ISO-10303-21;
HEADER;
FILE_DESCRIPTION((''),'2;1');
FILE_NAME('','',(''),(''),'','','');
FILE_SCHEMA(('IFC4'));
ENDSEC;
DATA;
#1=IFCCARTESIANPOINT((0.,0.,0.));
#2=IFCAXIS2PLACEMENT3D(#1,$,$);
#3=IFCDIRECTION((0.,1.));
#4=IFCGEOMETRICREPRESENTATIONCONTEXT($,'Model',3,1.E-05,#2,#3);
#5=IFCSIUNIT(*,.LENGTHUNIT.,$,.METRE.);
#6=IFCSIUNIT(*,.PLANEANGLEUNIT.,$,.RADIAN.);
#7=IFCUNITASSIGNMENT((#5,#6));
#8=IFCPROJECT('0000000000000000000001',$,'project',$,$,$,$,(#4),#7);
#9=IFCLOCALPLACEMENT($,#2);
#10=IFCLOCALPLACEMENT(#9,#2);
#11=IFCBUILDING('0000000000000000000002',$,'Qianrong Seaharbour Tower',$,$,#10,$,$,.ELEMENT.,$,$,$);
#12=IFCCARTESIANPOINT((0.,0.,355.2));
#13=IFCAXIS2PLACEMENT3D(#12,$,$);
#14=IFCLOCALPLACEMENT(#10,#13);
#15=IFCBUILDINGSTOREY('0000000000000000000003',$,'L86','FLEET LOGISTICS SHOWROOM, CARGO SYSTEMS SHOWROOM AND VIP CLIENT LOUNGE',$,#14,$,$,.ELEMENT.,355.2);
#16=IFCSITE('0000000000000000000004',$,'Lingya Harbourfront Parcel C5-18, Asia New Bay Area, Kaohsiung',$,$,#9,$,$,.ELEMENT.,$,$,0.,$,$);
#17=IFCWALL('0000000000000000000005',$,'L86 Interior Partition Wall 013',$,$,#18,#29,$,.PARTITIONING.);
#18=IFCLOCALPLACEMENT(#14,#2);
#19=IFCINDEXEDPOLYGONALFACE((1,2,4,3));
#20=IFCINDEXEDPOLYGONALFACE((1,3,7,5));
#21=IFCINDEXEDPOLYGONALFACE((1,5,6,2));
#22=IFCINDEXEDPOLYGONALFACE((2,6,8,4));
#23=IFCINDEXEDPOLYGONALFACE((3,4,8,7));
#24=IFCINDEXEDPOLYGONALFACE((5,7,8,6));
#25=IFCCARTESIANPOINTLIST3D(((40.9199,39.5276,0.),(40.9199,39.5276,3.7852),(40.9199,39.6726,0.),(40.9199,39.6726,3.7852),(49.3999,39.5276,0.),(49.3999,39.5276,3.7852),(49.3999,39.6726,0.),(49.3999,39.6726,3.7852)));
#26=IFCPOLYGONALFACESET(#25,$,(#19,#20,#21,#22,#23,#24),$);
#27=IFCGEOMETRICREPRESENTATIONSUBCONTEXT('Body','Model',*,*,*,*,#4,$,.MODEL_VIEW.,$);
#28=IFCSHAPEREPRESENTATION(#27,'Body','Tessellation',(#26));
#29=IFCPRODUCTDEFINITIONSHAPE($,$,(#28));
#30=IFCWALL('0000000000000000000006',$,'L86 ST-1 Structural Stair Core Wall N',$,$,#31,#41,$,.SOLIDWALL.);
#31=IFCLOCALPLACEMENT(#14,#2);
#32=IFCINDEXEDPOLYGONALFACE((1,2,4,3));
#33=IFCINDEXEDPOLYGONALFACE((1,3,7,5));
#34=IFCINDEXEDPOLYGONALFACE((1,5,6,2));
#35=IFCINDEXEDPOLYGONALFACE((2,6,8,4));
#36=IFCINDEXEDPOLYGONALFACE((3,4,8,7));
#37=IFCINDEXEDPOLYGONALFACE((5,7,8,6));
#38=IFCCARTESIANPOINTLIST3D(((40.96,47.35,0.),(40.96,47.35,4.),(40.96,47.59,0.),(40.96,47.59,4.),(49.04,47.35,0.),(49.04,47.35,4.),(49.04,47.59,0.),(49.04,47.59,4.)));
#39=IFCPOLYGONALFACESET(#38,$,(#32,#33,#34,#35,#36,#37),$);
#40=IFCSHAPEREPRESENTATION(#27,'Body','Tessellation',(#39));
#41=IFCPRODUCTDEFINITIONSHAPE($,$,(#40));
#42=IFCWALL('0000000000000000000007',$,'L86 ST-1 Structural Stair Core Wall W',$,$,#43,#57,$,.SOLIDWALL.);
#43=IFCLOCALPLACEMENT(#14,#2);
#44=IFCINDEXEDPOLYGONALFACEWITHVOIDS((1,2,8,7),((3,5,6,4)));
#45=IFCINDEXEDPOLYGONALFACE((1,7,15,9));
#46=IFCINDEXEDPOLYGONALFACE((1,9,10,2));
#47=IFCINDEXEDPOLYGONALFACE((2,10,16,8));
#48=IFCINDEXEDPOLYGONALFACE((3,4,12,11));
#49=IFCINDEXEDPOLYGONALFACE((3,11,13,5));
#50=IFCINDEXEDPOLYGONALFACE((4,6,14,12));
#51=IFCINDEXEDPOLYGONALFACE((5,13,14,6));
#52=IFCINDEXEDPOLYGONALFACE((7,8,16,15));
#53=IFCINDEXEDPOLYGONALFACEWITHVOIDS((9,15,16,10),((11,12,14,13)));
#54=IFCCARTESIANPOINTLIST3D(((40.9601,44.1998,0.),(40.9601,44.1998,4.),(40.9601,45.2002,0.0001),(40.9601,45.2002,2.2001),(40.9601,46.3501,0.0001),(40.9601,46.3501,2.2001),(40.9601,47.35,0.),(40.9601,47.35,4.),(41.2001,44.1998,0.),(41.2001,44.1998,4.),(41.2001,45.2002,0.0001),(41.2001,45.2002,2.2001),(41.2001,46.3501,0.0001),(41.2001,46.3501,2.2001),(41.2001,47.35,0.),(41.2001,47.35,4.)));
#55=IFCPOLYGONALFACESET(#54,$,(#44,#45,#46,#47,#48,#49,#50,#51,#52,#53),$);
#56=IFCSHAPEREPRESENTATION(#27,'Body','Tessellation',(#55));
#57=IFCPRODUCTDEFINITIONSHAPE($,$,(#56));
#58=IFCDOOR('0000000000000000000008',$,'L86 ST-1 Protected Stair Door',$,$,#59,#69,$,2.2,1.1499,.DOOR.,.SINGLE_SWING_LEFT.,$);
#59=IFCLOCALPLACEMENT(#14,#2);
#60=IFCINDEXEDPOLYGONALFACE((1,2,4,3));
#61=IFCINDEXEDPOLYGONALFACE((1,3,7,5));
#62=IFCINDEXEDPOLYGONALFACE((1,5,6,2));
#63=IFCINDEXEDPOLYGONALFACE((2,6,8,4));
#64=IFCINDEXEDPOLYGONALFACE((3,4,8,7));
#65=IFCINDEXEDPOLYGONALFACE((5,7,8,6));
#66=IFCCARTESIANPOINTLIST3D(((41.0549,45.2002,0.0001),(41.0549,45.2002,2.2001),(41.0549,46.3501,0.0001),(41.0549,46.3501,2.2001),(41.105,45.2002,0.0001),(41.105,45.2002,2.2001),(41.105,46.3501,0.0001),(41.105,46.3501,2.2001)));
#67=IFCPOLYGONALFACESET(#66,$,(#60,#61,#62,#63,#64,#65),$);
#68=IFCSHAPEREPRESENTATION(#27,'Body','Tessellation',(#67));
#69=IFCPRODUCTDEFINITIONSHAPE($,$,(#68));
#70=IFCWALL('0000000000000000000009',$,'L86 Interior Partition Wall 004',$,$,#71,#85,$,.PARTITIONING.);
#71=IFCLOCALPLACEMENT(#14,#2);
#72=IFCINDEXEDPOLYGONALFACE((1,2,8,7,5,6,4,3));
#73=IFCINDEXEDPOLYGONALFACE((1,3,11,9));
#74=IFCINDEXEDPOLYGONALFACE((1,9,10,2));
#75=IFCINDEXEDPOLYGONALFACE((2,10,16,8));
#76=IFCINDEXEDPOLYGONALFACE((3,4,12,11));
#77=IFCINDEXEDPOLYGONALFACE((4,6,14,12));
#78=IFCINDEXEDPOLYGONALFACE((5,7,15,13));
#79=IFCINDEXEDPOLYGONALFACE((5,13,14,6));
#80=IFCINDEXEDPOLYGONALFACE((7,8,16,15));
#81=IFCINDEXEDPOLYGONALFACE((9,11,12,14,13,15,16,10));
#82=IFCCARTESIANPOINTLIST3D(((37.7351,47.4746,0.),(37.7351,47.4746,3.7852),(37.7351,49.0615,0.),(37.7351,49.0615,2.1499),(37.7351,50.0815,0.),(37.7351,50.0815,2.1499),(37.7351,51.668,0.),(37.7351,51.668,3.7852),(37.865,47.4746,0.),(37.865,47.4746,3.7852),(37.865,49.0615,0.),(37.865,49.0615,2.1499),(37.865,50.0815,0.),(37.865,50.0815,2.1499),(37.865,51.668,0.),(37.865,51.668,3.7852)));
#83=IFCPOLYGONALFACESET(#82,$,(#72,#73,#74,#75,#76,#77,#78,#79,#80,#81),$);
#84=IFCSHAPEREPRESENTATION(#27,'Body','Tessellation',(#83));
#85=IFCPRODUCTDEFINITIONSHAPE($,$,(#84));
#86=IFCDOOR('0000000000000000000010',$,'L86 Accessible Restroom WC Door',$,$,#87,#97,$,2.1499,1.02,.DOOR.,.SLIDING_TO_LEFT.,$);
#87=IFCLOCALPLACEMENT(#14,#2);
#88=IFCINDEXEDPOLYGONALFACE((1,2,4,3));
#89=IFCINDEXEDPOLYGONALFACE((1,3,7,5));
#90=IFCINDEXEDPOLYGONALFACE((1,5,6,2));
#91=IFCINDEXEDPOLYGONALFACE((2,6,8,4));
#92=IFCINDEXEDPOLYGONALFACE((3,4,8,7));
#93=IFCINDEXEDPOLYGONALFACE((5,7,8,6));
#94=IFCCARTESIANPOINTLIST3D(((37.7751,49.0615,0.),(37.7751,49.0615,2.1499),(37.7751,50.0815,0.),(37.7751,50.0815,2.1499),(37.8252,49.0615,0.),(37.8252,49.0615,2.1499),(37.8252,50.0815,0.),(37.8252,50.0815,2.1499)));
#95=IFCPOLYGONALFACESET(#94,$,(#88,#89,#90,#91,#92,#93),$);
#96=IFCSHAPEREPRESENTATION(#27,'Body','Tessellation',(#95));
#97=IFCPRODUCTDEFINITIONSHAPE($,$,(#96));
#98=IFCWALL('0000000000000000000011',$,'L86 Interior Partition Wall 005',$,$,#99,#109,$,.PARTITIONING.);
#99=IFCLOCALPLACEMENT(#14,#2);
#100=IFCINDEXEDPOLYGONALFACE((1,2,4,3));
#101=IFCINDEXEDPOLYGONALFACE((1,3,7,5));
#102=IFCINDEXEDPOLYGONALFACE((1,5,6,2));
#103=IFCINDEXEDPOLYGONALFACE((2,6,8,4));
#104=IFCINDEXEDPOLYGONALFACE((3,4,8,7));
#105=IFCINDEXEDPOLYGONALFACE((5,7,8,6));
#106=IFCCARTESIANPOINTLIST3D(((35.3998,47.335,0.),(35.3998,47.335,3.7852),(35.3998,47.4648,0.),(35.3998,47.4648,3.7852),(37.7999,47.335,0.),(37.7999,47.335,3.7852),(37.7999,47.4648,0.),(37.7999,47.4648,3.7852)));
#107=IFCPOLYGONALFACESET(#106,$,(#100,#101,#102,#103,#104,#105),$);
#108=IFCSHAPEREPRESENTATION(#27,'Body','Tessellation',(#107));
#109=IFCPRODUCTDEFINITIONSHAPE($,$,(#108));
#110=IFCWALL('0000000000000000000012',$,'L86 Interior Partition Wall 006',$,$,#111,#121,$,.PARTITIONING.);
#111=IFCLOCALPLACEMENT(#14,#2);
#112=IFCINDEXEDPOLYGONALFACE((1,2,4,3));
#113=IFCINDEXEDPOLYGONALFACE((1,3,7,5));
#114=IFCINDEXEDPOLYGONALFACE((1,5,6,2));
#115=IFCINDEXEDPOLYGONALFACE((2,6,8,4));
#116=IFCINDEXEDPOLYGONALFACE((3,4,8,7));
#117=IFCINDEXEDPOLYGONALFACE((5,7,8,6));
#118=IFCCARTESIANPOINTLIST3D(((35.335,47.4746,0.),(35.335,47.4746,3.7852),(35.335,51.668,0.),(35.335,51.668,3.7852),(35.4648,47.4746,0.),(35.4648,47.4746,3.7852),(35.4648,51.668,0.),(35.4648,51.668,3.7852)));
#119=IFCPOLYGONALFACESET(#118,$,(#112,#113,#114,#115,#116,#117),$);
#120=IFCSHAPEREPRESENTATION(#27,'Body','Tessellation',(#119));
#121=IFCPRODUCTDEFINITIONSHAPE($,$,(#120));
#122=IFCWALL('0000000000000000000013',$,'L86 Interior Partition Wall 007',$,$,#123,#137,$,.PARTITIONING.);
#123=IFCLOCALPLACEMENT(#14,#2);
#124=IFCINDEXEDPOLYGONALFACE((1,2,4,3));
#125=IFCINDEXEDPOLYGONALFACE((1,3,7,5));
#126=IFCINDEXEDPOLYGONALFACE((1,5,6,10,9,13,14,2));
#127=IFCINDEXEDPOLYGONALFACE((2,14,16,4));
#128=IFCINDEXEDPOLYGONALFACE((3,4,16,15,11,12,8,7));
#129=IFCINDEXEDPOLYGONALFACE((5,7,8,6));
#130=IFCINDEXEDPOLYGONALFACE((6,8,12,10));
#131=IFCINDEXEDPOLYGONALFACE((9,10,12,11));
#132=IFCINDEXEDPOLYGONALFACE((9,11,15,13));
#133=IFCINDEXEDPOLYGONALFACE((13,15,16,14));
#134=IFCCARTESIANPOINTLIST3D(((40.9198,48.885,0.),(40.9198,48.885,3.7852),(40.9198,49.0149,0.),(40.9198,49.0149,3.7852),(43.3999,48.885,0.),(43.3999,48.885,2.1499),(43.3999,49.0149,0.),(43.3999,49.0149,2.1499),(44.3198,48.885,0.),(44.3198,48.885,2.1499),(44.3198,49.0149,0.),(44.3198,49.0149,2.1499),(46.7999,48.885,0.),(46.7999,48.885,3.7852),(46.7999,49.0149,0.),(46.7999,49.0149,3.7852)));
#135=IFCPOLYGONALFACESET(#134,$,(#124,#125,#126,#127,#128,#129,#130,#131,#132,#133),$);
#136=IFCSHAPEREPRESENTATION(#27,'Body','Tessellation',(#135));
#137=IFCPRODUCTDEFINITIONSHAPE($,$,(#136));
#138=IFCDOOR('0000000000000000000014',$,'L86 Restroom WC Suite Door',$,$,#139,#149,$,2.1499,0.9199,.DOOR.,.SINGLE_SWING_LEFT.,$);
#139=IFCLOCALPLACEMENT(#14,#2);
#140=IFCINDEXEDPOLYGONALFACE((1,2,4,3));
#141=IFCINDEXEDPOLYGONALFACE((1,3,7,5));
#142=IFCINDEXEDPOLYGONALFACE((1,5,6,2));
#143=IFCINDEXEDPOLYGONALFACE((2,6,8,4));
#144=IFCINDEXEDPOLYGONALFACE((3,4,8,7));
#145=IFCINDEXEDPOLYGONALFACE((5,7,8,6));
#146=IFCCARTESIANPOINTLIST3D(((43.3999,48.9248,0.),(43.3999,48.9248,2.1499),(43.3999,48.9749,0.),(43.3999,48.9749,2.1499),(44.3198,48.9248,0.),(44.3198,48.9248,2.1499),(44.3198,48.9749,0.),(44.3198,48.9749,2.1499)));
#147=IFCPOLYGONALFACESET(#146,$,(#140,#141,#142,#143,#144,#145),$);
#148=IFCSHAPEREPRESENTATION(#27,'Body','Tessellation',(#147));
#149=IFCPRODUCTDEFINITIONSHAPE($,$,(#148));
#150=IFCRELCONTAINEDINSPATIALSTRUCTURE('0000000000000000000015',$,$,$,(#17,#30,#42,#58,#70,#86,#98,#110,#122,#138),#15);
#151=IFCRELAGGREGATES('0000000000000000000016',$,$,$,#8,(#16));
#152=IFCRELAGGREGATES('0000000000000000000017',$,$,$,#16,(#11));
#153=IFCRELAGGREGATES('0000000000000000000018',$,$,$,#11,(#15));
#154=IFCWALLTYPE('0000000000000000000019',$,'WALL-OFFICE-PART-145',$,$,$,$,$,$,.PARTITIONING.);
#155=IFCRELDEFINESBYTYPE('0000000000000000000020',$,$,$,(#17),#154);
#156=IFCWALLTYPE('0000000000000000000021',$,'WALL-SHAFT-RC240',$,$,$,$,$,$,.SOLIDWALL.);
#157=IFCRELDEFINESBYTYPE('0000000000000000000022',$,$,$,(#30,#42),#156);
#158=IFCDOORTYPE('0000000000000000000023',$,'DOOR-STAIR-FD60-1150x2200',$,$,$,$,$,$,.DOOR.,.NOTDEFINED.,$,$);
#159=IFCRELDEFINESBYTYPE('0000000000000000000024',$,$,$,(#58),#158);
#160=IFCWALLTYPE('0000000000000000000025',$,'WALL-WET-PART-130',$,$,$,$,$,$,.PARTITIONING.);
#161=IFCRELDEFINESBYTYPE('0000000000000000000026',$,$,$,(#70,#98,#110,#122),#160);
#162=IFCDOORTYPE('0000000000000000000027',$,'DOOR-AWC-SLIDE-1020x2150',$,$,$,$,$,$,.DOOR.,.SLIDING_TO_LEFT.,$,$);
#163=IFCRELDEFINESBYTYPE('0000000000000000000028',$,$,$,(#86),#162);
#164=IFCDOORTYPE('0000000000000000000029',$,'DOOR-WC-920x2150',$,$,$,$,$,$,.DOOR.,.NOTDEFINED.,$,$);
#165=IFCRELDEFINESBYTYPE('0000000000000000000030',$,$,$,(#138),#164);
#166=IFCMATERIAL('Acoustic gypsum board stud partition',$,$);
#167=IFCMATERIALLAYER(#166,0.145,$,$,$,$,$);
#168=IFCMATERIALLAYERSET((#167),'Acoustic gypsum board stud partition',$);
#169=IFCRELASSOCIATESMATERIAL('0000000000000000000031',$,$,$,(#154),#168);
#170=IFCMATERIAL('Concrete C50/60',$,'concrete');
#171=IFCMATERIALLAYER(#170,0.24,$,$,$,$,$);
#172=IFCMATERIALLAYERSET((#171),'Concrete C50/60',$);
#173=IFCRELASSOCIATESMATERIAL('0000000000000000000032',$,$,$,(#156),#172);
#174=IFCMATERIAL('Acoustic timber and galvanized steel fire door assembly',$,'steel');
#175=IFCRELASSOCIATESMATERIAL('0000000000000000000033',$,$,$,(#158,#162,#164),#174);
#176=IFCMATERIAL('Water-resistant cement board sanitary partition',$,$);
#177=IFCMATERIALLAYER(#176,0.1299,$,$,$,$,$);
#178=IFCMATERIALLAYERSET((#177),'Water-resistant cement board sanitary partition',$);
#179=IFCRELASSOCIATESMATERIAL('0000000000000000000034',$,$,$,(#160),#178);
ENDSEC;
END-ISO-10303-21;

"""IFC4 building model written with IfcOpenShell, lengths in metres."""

from ifc_helpers import new_model, si_unit, direction, frame, frame_2d, origin, place, context, subcontext, project, spatial, rectangle, extrude, material, layer, layer_set, type_object, element, fill, save


model = new_model("IFC4")

# Units and contexts
model_context = context("Model", 3, precision=1e-05, world=origin(), true_north=direction((0.0, 1.0)))
body_context = subcontext(model_context, "Body", "Model", "MODEL_VIEW")
ifc_project = project(units=[si_unit("LENGTHUNIT", "METRE"), si_unit("PLANEANGLEUNIT", "RADIAN")], contexts=[model_context])

# Site, building, storey
site_placement = place(None, origin())
site = spatial("IfcSite", under=ifc_project, at=site_placement, Name="Lingya Harbourfront Parcel C5-18, Asia New Bay Area, Kaohsiung", CompositionType="ELEMENT", RefElevation=0.0)
building_placement = place(site_placement, origin())
building = spatial("IfcBuilding", under=site, at=building_placement, Name="Qianrong Seaharbour Tower", CompositionType="ELEMENT")
storey_placement = place(building_placement, frame((0.0, 0.0, 355.2)))
storey = spatial("IfcBuildingStorey", under=building, at=storey_placement, Name="L86", Description="FLEET LOGISTICS SHOWROOM, CARGO SYSTEMS SHOWROOM AND VIP CLIENT LOUNGE", CompositionType="ELEMENT", Elevation=355.2)

# Shared definitions
ifc_material_1 = material(Name="Concrete C50/60", Category="concrete")

# Shared definitions
ifc_material_2 = material(Name="Acoustic timber and galvanized steel fire door assembly", Category="steel")

# Walls
ifc_material_3 = material(Name="Acoustic gypsum board stud partition")
ifc_layer_1 = layer(ifc_material_3, 0.145)
ifc_layer_set_1 = layer_set([ifc_layer_1], Name="Acoustic gypsum board stud partition")
wall_type_1 = type_object("IfcWallType", Name="WALL-OFFICE-PART-145", PredefinedType="PARTITIONING", material=ifc_layer_set_1)
wall_1_placement = place(storey_placement, frame((40.9199, 39.6001, 0.0), z_axis=(0.0, 0.0, 1.0), x_axis=(1.0, 0.0, 0.0)))
element("IfcWall", 1, at=wall_1_placement, inside=storey, type_object=wall_type_1, Name="L86 Interior Partition Wall 013", PredefinedType="PARTITIONING", context=body_context, shape_type="SweptSolid", body=[
    extrude(rectangle(XDim=8.48, YDim=0.145, at=frame_2d((4.24, 0.0))), origin(), (0.0, 0.0, 1.0), 3.7852),
])
ifc_layer_2 = layer(ifc_material_1, 0.24)
ifc_layer_set_2 = layer_set([ifc_layer_2], Name="Concrete C50/60")
wall_type_2 = type_object("IfcWallType", Name="WALL-SHAFT-RC240", PredefinedType="SOLIDWALL", material=ifc_layer_set_2)
wall_2_placement = place(storey_placement, frame((40.96, 47.47, 0.0), z_axis=(0.0, 0.0, 1.0), x_axis=(1.0, 0.0, 0.0)))
element("IfcWall", 2, at=wall_2_placement, inside=storey, type_object=wall_type_2, Name="L86 ST-1 Structural Stair Core Wall N", PredefinedType="SOLIDWALL", context=body_context, shape_type="SweptSolid", body=[
    extrude(rectangle(XDim=8.0801, YDim=0.24, at=frame_2d((4.04, 0.0))), origin(), (0.0, 0.0, 1.0), 4.0),
])

# Walls, openings, doors
wall_3_placement = place(storey_placement, frame((41.0801, 47.3501, 0.0), z_axis=(0.0, 0.0, 1.0), x_axis=(0.0, -1.0, 0.0)))
wall_3 = element("IfcWall", 3, at=wall_3_placement, inside=storey, type_object=wall_type_2, Name="L86 ST-1 Structural Stair Core Wall W", PredefinedType="SOLIDWALL", context=body_context, shape_type="SweptSolid", body=[
    extrude(rectangle(XDim=3.1501, YDim=0.24, at=frame_2d((1.5752, 0.0))), origin(), (0.0, 0.0, 1.0), 4.0),
])
opening_1_placement = place(wall_3_placement, frame((1.0, 0.0, 0.0)))
opening_1 = element("IfcOpeningElement", 4, at=opening_1_placement, cuts=wall_3, PredefinedType="OPENING", context=body_context, shape_type="SweptSolid", body=[
    extrude(rectangle(XDim=1.1499, YDim=2.2, at=frame_2d((0.575, 1.1001))), frame((0.0, 0.1299, 0.0), z_axis=(0.0, -1.0, 0.0), x_axis=(1.0, 0.0, 0.0)), (0.0, 0.0, 1.0), 0.26),
])
door_type_1 = type_object("IfcDoorType", Name="DOOR-STAIR-FD60-1150x2200", OperationType="NOTDEFINED", PredefinedType="DOOR", material=ifc_material_2)
door_1_placement = place(opening_1_placement, origin())
door_1 = element("IfcDoor", 5, at=door_1_placement, inside=storey, type_object=door_type_1, Name="L86 ST-1 Protected Stair Door", OperationType="SINGLE_SWING_LEFT", OverallHeight=2.2, OverallWidth=1.1499, PredefinedType="DOOR", context=body_context, shape_type="SweptSolid", body=[
    extrude(rectangle(XDim=1.1499, YDim=2.2, at=frame_2d((0.575, 1.1001))), frame((0.0, 0.0249, 0.0), z_axis=(0.0, -1.0, 0.0), x_axis=(1.0, 0.0, 0.0)), (0.0, 0.0, 1.0), 0.05),
])
fill(opening_1, door_1)
ifc_material_4 = material(Name="Water-resistant cement board sanitary partition")
ifc_layer_3 = layer(ifc_material_4, 0.1299)
ifc_layer_set_3 = layer_set([ifc_layer_3], Name="Water-resistant cement board sanitary partition")
wall_type_3 = type_object("IfcWallType", Name="WALL-WET-PART-130", PredefinedType="PARTITIONING", material=ifc_layer_set_3)
wall_4_placement = place(storey_placement, frame((37.8, 47.4746, 0.0), z_axis=(0.0, 0.0, 1.0), x_axis=(0.0, 1.0, 0.0)))
wall_4 = element("IfcWall", 6, at=wall_4_placement, inside=storey, type_object=wall_type_3, Name="L86 Interior Partition Wall 004", PredefinedType="PARTITIONING", context=body_context, shape_type="SweptSolid", body=[
    extrude(rectangle(XDim=4.1934, YDim=0.1299, at=frame_2d((2.0967, 0.0))), origin(), (0.0, 0.0, 1.0), 3.7852),
])
opening_2_placement = place(wall_4_placement, frame((1.5869, 0.0, 0.0)))
opening_2 = element("IfcOpeningElement", 7, at=opening_2_placement, cuts=wall_4, PredefinedType="OPENING", context=body_context, shape_type="SweptSolid", body=[
    extrude(rectangle(XDim=1.02, YDim=2.1499, at=frame_2d((0.51, 1.075))), frame((0.0, 0.075, 0.0), z_axis=(0.0, -1.0, 0.0), x_axis=(1.0, 0.0, 0.0)), (0.0, 0.0, 1.0), 0.1499),
])
door_type_2 = type_object("IfcDoorType", Name="DOOR-AWC-SLIDE-1020x2150", OperationType="SLIDING_TO_LEFT", PredefinedType="DOOR", material=ifc_material_2)
door_2_placement = place(opening_2_placement, origin())
door_2 = element("IfcDoor", 8, at=door_2_placement, inside=storey, type_object=door_type_2, Name="L86 Accessible Restroom WC Door", OperationType="SLIDING_TO_LEFT", OverallHeight=2.1499, OverallWidth=1.02, PredefinedType="DOOR", context=body_context, shape_type="SweptSolid", body=[
    extrude(rectangle(XDim=1.02, YDim=2.1499, at=frame_2d((0.51, 1.075))), frame((0.0, 0.0249, 0.0), z_axis=(0.0, -1.0, 0.0), x_axis=(1.0, 0.0, 0.0)), (0.0, 0.0, 1.0), 0.05),
])
fill(opening_2, door_2)

# Walls
wall_5_placement = place(storey_placement, frame((37.8, 47.3999, 0.0), z_axis=(0.0, 0.0, 1.0), x_axis=(-1.0, 0.0, 0.0)))
element("IfcWall", 9, at=wall_5_placement, inside=storey, type_object=wall_type_3, Name="L86 Interior Partition Wall 005", PredefinedType="PARTITIONING", context=body_context, shape_type="SweptSolid", body=[
    extrude(rectangle(XDim=2.4001, YDim=0.1299, at=frame_2d((1.2002, 0.0))), origin(), (0.0, 0.0, 1.0), 3.7852),
])
wall_6_placement = place(storey_placement, frame((35.3999, 47.4746, 0.0), z_axis=(0.0, 0.0, 1.0), x_axis=(0.0, 1.0, 0.0)))
element("IfcWall", 10, at=wall_6_placement, inside=storey, type_object=wall_type_3, Name="L86 Interior Partition Wall 006", PredefinedType="PARTITIONING", context=body_context, shape_type="SweptSolid", body=[
    extrude(rectangle(XDim=4.1934, YDim=0.1299, at=frame_2d((2.0967, 0.0))), origin(), (0.0, 0.0, 1.0), 3.7852),
])

# Wall, opening, door
wall_7_placement = place(storey_placement, frame((40.9199, 48.95, 0.0), z_axis=(0.0, 0.0, 1.0), x_axis=(1.0, 0.0, 0.0)))
wall_7 = element("IfcWall", 11, at=wall_7_placement, inside=storey, type_object=wall_type_3, Name="L86 Interior Partition Wall 007", PredefinedType="PARTITIONING", context=body_context, shape_type="SweptSolid", body=[
    extrude(rectangle(XDim=5.8801, YDim=0.1299, at=frame_2d((2.9399, 0.0))), origin(), (0.0, 0.0, 1.0), 3.7852),
])
opening_3_placement = place(wall_7_placement, frame((2.48, 0.0, 0.0)))
opening_3 = element("IfcOpeningElement", 12, at=opening_3_placement, cuts=wall_7, PredefinedType="OPENING", context=body_context, shape_type="SweptSolid", body=[
    extrude(rectangle(XDim=0.9199, YDim=2.1499, at=frame_2d((0.46, 1.075))), frame((0.0, 0.075, 0.0), z_axis=(0.0, -1.0, 0.0), x_axis=(1.0, 0.0, 0.0)), (0.0, 0.0, 1.0), 0.1499),
])
door_type_3 = type_object("IfcDoorType", Name="DOOR-WC-920x2150", OperationType="NOTDEFINED", PredefinedType="DOOR", material=ifc_material_2)
door_3_placement = place(opening_3_placement, origin())
door_3 = element("IfcDoor", 13, at=door_3_placement, inside=storey, type_object=door_type_3, Name="L86 Restroom WC Suite Door", OperationType="SINGLE_SWING_LEFT", OverallHeight=2.1499, OverallWidth=0.9199, PredefinedType="DOOR", context=body_context, shape_type="SweptSolid", body=[
    extrude(rectangle(XDim=0.9199, YDim=2.1499, at=frame_2d((0.46, 1.075))), frame((0.0, 0.0249, 0.0), z_axis=(0.0, -1.0, 0.0), x_axis=(1.0, 0.0, 0.0)), (0.0, 0.0, 1.0), 0.05),
])
fill(opening_3, door_3)

save(model, "model.ifc")
